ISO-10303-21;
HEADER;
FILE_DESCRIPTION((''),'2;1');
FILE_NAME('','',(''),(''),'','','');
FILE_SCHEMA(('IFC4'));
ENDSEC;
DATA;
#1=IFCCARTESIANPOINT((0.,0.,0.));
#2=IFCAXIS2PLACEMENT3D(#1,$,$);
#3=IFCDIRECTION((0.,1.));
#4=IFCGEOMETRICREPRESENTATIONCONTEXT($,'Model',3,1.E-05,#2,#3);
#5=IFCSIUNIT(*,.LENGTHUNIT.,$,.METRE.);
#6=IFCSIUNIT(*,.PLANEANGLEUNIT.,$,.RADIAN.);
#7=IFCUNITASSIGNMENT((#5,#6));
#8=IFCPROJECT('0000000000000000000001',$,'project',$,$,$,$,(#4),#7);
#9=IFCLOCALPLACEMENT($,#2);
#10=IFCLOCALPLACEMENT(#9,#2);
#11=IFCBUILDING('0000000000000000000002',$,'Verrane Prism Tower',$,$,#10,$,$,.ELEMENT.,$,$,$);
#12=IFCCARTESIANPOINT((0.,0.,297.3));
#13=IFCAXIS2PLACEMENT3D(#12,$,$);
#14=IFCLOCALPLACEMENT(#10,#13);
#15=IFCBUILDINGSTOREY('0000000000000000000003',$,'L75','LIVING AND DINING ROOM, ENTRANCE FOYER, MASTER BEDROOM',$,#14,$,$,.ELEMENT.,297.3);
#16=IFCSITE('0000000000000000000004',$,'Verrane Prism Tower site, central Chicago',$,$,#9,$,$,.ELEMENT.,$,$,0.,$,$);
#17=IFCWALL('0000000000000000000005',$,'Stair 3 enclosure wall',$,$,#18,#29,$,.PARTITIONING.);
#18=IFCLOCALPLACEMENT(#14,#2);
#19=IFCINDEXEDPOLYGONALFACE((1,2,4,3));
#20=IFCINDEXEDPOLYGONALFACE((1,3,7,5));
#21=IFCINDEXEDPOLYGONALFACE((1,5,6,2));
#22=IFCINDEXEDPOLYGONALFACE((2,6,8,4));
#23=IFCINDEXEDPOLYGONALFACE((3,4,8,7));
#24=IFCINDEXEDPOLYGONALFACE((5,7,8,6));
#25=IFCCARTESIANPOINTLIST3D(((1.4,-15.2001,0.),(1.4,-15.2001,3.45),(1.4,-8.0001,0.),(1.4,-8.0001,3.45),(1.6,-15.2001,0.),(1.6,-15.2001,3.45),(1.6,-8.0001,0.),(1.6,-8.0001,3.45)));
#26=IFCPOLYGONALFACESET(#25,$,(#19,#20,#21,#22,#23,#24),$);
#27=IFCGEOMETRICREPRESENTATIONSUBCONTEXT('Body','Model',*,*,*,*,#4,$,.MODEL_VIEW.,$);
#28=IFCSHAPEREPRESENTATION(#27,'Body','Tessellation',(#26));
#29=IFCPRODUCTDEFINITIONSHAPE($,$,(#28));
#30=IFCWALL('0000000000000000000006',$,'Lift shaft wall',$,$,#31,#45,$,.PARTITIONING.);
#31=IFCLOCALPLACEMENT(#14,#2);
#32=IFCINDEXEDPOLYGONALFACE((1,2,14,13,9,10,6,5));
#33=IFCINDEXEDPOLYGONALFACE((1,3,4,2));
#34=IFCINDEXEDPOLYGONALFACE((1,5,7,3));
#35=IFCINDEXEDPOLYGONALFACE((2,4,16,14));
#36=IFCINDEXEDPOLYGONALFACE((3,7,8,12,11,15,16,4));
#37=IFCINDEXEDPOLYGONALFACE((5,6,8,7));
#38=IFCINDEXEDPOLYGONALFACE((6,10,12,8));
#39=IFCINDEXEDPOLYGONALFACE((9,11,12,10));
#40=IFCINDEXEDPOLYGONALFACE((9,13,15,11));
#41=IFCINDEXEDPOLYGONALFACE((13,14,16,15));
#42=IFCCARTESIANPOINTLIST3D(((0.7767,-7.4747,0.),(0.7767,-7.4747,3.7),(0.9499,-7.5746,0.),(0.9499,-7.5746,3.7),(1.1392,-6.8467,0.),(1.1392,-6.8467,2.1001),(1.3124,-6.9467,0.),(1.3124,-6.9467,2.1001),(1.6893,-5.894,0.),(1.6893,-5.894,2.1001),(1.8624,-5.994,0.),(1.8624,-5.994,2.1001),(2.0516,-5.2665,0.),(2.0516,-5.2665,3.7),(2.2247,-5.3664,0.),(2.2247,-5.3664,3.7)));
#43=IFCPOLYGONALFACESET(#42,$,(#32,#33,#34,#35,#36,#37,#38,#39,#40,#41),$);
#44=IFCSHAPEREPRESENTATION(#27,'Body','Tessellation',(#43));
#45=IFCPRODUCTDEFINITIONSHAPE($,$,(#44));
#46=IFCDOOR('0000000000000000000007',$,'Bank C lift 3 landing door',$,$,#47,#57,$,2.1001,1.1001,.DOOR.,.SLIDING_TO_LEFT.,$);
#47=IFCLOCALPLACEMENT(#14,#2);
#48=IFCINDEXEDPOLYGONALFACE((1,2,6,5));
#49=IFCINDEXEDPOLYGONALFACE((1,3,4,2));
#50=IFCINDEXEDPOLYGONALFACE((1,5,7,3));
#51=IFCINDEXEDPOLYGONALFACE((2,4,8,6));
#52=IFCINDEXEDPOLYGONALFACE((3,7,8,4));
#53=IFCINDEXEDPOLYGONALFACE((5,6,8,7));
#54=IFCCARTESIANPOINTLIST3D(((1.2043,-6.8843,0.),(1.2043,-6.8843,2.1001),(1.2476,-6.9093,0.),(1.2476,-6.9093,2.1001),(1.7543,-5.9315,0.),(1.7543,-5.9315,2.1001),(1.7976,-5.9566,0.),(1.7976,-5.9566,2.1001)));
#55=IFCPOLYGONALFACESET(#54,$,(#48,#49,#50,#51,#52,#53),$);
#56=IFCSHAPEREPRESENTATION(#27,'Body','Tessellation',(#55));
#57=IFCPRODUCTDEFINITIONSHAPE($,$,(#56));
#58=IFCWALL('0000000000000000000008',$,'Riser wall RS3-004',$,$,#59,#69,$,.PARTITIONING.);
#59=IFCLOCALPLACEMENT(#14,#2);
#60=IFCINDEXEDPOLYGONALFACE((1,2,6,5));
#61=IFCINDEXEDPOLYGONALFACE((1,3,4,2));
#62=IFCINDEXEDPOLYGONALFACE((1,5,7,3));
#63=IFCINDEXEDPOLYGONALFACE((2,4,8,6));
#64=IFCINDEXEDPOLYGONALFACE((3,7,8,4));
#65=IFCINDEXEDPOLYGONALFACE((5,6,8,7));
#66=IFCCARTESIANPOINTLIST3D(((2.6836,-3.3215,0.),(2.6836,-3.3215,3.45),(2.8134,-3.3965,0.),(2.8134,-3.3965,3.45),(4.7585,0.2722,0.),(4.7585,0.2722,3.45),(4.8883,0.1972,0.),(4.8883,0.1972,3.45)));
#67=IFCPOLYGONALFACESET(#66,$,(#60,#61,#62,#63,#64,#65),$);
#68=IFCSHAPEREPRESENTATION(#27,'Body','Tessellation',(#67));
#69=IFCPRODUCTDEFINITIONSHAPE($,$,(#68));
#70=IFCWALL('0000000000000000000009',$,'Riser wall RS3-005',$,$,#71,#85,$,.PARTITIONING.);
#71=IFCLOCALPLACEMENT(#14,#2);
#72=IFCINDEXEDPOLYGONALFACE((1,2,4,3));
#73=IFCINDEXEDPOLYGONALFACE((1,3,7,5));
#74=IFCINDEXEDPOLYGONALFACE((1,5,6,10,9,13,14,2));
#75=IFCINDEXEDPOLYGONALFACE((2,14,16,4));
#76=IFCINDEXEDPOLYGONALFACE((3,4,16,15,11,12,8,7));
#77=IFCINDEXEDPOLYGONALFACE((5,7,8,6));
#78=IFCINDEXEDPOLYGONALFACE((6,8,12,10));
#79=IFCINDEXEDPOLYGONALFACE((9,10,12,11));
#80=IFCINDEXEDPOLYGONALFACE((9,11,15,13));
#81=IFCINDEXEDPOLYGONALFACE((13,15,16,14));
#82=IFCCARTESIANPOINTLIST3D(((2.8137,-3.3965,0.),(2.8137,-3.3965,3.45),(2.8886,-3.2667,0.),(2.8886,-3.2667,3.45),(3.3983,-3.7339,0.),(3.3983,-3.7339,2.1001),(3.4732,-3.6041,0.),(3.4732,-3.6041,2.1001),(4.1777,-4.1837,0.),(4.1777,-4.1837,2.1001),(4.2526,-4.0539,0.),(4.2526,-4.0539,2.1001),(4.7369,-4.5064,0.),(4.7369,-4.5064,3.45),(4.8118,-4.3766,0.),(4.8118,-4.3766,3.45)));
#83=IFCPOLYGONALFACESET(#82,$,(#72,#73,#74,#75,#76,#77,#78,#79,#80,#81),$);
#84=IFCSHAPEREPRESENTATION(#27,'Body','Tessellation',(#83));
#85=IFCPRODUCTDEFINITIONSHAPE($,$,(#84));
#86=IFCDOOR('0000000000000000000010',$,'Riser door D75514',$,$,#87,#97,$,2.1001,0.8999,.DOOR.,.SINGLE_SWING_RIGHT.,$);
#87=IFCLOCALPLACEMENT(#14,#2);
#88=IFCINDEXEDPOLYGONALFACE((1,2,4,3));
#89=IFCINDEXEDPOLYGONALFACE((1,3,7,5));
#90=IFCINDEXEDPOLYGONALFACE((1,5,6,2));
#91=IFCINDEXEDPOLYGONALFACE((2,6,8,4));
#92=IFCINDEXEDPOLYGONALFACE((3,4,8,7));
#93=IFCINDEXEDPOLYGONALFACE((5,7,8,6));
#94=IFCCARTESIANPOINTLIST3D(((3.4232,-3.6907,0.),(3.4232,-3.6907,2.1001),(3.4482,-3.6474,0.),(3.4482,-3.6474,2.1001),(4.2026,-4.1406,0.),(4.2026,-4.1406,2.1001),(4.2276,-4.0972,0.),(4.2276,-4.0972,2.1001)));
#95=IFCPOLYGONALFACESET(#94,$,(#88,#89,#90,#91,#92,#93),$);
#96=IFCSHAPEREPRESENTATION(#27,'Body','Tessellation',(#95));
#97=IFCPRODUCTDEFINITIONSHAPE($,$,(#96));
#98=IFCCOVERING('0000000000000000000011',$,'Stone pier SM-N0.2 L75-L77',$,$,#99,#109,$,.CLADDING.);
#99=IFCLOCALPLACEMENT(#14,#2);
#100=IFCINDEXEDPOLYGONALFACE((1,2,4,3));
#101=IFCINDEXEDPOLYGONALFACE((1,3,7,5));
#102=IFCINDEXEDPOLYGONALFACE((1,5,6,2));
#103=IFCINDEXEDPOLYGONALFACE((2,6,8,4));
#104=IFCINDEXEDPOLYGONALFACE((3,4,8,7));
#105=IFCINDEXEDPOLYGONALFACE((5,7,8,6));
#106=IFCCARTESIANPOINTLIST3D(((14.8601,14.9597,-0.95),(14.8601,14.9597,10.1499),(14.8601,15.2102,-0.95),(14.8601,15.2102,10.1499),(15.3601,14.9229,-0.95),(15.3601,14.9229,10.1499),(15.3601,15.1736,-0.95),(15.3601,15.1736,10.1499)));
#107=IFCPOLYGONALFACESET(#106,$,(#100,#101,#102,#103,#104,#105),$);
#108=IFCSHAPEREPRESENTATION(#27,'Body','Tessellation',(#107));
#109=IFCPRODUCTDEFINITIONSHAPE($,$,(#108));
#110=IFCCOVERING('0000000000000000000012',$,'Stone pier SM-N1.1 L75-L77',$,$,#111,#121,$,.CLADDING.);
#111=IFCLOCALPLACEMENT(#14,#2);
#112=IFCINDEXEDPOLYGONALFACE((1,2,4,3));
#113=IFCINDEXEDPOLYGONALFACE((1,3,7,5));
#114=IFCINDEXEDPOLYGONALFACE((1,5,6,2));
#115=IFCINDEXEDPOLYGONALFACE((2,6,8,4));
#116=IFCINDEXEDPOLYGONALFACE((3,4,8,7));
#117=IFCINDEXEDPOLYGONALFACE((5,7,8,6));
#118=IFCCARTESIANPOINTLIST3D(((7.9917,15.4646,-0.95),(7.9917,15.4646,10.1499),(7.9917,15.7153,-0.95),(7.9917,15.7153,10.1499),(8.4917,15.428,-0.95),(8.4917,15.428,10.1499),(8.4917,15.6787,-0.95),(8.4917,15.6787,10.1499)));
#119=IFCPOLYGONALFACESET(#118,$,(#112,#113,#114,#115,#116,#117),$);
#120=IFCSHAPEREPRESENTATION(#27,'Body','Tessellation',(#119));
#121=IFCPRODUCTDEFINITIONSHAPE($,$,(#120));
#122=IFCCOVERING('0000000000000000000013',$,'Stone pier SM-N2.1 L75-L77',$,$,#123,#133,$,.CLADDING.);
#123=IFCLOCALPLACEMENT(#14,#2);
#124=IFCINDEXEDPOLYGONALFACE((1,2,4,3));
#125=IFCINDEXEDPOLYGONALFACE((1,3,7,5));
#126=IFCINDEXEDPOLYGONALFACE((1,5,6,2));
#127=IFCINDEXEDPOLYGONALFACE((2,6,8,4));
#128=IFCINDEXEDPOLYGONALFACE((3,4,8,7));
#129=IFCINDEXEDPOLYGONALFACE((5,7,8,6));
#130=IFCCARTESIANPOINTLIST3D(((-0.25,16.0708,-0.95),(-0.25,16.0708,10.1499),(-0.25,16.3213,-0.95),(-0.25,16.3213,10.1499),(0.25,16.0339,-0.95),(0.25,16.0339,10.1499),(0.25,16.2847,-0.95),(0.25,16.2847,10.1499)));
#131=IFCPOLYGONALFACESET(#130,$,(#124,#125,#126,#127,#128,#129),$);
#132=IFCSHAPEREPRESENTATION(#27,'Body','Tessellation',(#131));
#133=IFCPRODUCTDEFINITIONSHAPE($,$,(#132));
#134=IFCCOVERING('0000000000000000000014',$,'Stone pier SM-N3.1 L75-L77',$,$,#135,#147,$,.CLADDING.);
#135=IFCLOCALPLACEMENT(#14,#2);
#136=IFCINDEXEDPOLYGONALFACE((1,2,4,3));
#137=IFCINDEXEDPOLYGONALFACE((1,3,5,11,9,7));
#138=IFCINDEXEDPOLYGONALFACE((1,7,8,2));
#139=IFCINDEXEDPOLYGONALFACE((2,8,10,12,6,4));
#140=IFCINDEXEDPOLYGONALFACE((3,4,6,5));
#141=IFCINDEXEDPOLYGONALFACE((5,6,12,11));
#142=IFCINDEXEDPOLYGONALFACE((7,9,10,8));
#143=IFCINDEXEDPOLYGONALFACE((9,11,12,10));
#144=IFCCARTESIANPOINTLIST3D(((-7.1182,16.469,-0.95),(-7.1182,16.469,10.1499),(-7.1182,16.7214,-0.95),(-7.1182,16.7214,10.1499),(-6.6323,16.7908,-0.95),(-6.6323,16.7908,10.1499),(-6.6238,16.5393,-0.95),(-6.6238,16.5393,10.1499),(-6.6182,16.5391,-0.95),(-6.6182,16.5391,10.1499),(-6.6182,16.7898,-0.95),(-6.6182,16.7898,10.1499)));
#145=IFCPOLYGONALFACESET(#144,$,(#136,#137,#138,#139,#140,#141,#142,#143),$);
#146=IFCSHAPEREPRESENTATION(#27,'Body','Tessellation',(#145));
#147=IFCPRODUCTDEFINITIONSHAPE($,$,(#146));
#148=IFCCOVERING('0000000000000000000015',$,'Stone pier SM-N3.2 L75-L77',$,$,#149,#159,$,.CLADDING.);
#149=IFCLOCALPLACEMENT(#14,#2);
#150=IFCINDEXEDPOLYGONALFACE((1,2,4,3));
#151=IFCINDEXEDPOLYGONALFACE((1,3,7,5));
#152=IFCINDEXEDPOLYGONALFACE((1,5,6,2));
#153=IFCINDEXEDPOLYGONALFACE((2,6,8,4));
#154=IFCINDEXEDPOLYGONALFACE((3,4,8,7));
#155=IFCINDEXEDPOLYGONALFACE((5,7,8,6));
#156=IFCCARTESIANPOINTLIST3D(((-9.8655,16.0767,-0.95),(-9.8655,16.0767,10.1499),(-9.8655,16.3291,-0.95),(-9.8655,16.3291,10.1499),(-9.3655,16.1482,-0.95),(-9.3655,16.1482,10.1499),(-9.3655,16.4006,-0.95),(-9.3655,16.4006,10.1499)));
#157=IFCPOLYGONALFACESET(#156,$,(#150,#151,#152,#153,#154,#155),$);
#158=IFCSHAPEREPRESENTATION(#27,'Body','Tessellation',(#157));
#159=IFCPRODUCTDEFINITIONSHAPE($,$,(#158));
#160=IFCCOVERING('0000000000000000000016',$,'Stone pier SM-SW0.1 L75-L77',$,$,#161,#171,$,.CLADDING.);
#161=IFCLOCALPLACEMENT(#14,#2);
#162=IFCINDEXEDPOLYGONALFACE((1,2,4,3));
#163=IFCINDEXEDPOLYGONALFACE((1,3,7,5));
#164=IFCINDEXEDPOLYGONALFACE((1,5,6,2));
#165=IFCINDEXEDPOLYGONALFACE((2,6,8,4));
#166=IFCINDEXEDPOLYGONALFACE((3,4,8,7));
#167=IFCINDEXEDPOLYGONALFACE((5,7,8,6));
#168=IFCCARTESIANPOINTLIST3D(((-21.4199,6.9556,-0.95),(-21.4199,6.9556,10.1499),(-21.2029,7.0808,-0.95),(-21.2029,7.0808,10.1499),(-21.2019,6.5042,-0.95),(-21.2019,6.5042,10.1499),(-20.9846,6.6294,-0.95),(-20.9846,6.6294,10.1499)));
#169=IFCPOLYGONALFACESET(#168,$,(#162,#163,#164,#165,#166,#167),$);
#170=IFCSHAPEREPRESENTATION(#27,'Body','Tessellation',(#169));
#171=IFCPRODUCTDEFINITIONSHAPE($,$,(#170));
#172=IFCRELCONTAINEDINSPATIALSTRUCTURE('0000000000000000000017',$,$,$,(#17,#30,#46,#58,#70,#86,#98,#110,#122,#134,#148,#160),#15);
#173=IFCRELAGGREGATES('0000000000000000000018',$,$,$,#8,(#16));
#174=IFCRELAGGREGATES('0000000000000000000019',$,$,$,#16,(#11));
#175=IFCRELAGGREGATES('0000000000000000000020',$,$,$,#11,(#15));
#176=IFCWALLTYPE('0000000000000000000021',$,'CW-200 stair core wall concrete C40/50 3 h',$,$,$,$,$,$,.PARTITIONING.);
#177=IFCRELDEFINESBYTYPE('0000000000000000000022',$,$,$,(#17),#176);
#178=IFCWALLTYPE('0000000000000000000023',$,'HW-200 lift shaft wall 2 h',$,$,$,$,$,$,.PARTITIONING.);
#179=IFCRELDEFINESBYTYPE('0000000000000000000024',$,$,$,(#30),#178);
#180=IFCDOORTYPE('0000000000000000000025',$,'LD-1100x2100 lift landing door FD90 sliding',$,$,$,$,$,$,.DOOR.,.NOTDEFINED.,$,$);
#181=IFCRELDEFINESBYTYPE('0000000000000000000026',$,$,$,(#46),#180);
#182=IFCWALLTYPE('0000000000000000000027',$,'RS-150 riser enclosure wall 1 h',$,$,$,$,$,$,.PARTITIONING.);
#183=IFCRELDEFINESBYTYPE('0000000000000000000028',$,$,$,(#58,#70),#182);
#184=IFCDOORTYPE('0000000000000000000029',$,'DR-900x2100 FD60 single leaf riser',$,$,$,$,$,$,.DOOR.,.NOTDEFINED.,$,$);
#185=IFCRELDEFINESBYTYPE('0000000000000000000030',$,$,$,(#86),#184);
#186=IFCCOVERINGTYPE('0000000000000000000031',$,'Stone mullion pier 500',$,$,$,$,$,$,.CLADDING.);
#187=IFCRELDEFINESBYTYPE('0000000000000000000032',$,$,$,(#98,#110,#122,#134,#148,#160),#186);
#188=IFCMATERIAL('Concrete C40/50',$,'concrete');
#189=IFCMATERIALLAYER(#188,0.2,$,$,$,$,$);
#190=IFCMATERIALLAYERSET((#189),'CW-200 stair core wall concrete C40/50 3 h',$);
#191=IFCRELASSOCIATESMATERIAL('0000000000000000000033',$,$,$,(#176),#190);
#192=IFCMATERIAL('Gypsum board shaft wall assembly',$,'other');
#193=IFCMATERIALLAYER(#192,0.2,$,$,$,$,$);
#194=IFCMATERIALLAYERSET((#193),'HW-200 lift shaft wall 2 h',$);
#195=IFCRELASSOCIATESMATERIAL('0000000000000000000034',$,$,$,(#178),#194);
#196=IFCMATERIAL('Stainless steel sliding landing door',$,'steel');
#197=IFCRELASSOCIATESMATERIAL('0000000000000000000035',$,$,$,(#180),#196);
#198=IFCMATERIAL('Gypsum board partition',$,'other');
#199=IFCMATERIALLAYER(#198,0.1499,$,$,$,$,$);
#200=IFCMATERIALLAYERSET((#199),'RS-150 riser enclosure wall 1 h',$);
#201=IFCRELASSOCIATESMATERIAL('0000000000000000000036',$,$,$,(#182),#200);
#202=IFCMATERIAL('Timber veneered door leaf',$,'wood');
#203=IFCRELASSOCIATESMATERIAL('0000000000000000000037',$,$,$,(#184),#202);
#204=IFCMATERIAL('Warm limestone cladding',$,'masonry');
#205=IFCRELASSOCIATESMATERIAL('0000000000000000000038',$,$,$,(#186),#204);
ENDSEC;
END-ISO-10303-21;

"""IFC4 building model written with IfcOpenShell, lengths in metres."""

from ifc_helpers import new_model, si_unit, direction, frame, frame_2d, origin, place, context, subcontext, project, spatial, polyline, rectangle, outline, extrude, material, layer, layer_set, type_object, element, fill, save


model = new_model("IFC4")

# Units and contexts
model_context = context("Model", 3, precision=1e-05, world=origin(), true_north=direction((0.0, 1.0)))
body_context = subcontext(model_context, "Body", "Model", "MODEL_VIEW")
ifc_project = project(units=[si_unit("LENGTHUNIT", "METRE"), si_unit("PLANEANGLEUNIT", "RADIAN")], contexts=[model_context])

# Site, building, storey
site_placement = place(None, origin())
site = spatial("IfcSite", under=ifc_project, at=site_placement, Name="Verrane Prism Tower site, central Chicago", CompositionType="ELEMENT", RefElevation=0.0)
building_placement = place(site_placement, origin())
building = spatial("IfcBuilding", under=site, at=building_placement, Name="Verrane Prism Tower", CompositionType="ELEMENT")
storey_placement = place(building_placement, frame((0.0, 0.0, 297.3)))
storey = spatial("IfcBuildingStorey", under=building, at=storey_placement, Name="L75", Description="LIVING AND DINING ROOM, ENTRANCE FOYER, MASTER BEDROOM", CompositionType="ELEMENT", Elevation=297.3)

# Wall
ifc_material_1 = material(Name="Concrete C40/50", Category="concrete")
ifc_layer_1 = layer(ifc_material_1, 0.2)
ifc_layer_set_1 = layer_set([ifc_layer_1], Name="CW-200 stair core wall concrete C40/50 3 h")
wall_type_1 = type_object("IfcWallType", Name="CW-200 stair core wall concrete C40/50 3 h", PredefinedType="PARTITIONING", material=ifc_layer_set_1)
wall_1_placement = place(storey_placement, frame((1.5, -8.0, 0.0), z_axis=(0.0, 0.0, 1.0), x_axis=(0.0, -1.0, 0.0)))
element("IfcWall", 1, at=wall_1_placement, inside=storey, type_object=wall_type_1, Name="Stair 3 enclosure wall", PredefinedType="PARTITIONING", context=body_context, shape_type="SweptSolid", body=[
    extrude(rectangle(XDim=7.2, YDim=0.2, at=frame_2d((3.6001, 0.0))), origin(), (0.0, 0.0, 1.0), 3.45),
])

# Wall, opening, door
ifc_material_2 = material(Name="Gypsum board shaft wall assembly", Category="other")
ifc_layer_2 = layer(ifc_material_2, 0.2)
ifc_layer_set_2 = layer_set([ifc_layer_2], Name="HW-200 lift shaft wall 2 h")
wall_type_2 = type_object("IfcWallType", Name="HW-200 lift shaft wall 2 h", PredefinedType="PARTITIONING", material=ifc_layer_set_2)
wall_2_placement = place(storey_placement, frame((0.8633, -7.5247, 0.0), z_axis=(0.0, 0.0, 1.0), x_axis=(0.49999, 0.866031, 0.0)))
wall_2 = element("IfcWall", 2, at=wall_2_placement, inside=storey, type_object=wall_type_2, Name="Lift shaft wall", PredefinedType="PARTITIONING", context=body_context, shape_type="SweptSolid", body=[
    extrude(rectangle(XDim=2.5498, YDim=0.2, at=frame_2d((1.2749, 0.0))), origin(), (0.0, 0.0, 1.0), 3.7),
])
opening_1_placement = place(wall_2_placement, frame((0.7251, 0.0, 0.0)))
opening_1 = element("IfcOpeningElement", 3, at=opening_1_placement, cuts=wall_2, PredefinedType="OPENING", context=body_context, shape_type="SweptSolid", body=[
    extrude(rectangle(XDim=1.1001, YDim=2.1001, at=frame_2d((0.55, 1.05))), frame((0.0, 0.1099, 0.0), z_axis=(0.0, -1.0, 0.0), x_axis=(1.0, 0.0, 0.0)), (0.0, 0.0, 1.0), 0.22),
])
ifc_material_3 = material(Name="Stainless steel sliding landing door", Category="steel")
door_type_1 = type_object("IfcDoorType", Name="LD-1100x2100 lift landing door FD90 sliding", OperationType="NOTDEFINED", PredefinedType="DOOR", material=ifc_material_3)
door_1_placement = place(opening_1_placement, origin())
door_1 = element("IfcDoor", 4, at=door_1_placement, inside=storey, type_object=door_type_1, Name="Bank C lift 3 landing door", OperationType="SLIDING_TO_LEFT", OverallHeight=2.1001, OverallWidth=1.1001, PredefinedType="DOOR", context=body_context, shape_type="SweptSolid", body=[
    extrude(rectangle(XDim=1.1001, YDim=2.1001, at=frame_2d((0.55, 1.05))), frame((0.0, 0.0249, 0.0), z_axis=(0.0, -1.0, 0.0), x_axis=(1.0, 0.0, 0.0)), (0.0, 0.0, 1.0), 0.05),
])
fill(opening_1, door_1)

# Wall
ifc_material_4 = material(Name="Gypsum board partition", Category="other")
ifc_layer_3 = layer(ifc_material_4, 0.1499)
ifc_layer_set_3 = layer_set([ifc_layer_3], Name="RS-150 riser enclosure wall 1 h")
wall_type_3 = type_object("IfcWallType", Name="RS-150 riser enclosure wall 1 h", PredefinedType="PARTITIONING", material=ifc_layer_set_3)
wall_3_placement = place(storey_placement, frame((2.7485, -3.3589, 0.0), z_axis=(0.0, 0.0, 1.0), x_axis=(0.500018, 0.866015, 0.0)))
element("IfcWall", 5, at=wall_3_placement, inside=storey, type_object=wall_type_3, Name="Riser wall RS3-004", PredefinedType="PARTITIONING", context=body_context, shape_type="SweptSolid", body=[
    extrude(rectangle(XDim=4.1497, YDim=0.1499, at=frame_2d((2.0747, 0.0))), origin(), (0.0, 0.0, 1.0), 3.45),
])

# Wall, opening, door
wall_4_placement = place(storey_placement, frame((2.8511, -3.3315, 0.0), z_axis=(0.0, 0.0, 1.0), x_axis=(0.866111, -0.499853, 0.0)))
wall_4 = element("IfcWall", 6, at=wall_4_placement, inside=storey, type_object=wall_type_3, Name="Riser wall RS3-005", PredefinedType="PARTITIONING", context=body_context, shape_type="SweptSolid", body=[
    extrude(rectangle(XDim=2.2205, YDim=0.1499, at=frame_2d((1.1104, 0.0))), origin(), (0.0, 0.0, 1.0), 3.45),
])
opening_2_placement = place(wall_4_placement, frame((0.675, 0.0, 0.0)))
opening_2 = element("IfcOpeningElement", 7, at=opening_2_placement, cuts=wall_4, PredefinedType="OPENING", context=body_context, shape_type="SweptSolid", body=[
    extrude(rectangle(XDim=0.8999, YDim=2.1001, at=frame_2d((0.45, 1.05))), frame((0.0, 0.085, 0.0), z_axis=(0.0, -1.0, 0.0), x_axis=(1.0, 0.0, 0.0)), (0.0, 0.0, 1.0), 0.1699),
])
ifc_material_5 = material(Name="Timber veneered door leaf", Category="wood")
door_type_2 = type_object("IfcDoorType", Name="DR-900x2100 FD60 single leaf riser", OperationType="NOTDEFINED", PredefinedType="DOOR", material=ifc_material_5)
door_2_placement = place(opening_2_placement, origin())
door_2 = element("IfcDoor", 8, at=door_2_placement, inside=storey, type_object=door_type_2, Name="Riser door D75514", OperationType="SINGLE_SWING_RIGHT", OverallHeight=2.1001, OverallWidth=0.8999, PredefinedType="DOOR", context=body_context, shape_type="SweptSolid", body=[
    extrude(rectangle(XDim=0.8999, YDim=2.1001, at=frame_2d((0.45, 1.05))), frame((0.0, 0.0249, 0.0), z_axis=(0.0, -1.0, 0.0), x_axis=(1.0, 0.0, 0.0)), (0.0, 0.0, 1.0), 0.05),
])
fill(opening_2, door_2)

# Coverings
ifc_material_6 = material(Name="Warm limestone cladding", Category="masonry")
covering_type_1 = type_object("IfcCoveringType", Name="Stone mullion pier 500", PredefinedType="CLADDING", material=ifc_material_6)
covering_1_placement = place(storey_placement, frame((0.0, 0.0, -0.95)))
element("IfcCovering", 9, at=covering_1_placement, inside=storey, type_object=covering_type_1, Name="Stone pier SM-N0.2 L75-L77", PredefinedType="CLADDING", context=body_context, shape_type="SweptSolid", body=[
    extrude(outline(polyline([(14.8601, 14.9597), (15.3601, 14.9229), (15.3601, 15.1736), (14.8601, 15.2102), (14.8601, 14.9597)])), origin(), (0.0, 0.0, 1.0), 11.0999),
])
covering_2_placement = place(storey_placement, frame((0.0, 0.0, -0.95)))
element("IfcCovering", 10, at=covering_2_placement, inside=storey, type_object=covering_type_1, Name="Stone pier SM-N1.1 L75-L77", PredefinedType="CLADDING", context=body_context, shape_type="SweptSolid", body=[
    extrude(outline(polyline([(7.9917, 15.4646), (8.4917, 15.428), (8.4917, 15.6787), (7.9917, 15.7153), (7.9917, 15.4646)])), origin(), (0.0, 0.0, 1.0), 11.0999),
])
covering_3_placement = place(storey_placement, frame((0.0, 0.0, -0.95)))
element("IfcCovering", 11, at=covering_3_placement, inside=storey, type_object=covering_type_1, Name="Stone pier SM-N2.1 L75-L77", PredefinedType="CLADDING", context=body_context, shape_type="SweptSolid", body=[
    extrude(outline(polyline([(-0.25, 16.0708), (0.25, 16.0339), (0.25, 16.2847), (-0.25, 16.3213), (-0.25, 16.0708)])), origin(), (0.0, 0.0, 1.0), 11.0999),
])
covering_4_placement = place(storey_placement, frame((0.0, 0.0, -0.95)))
element("IfcCovering", 12, at=covering_4_placement, inside=storey, type_object=covering_type_1, Name="Stone pier SM-N3.1 L75-L77", PredefinedType="CLADDING", context=body_context, shape_type="SweptSolid", body=[
    extrude(outline(polyline([(-7.1182, 16.469), (-6.6238, 16.5393), (-6.6182, 16.5391), (-6.6182, 16.7898), (-6.6323, 16.7908), (-7.1182, 16.7214), (-7.1182, 16.469)])), origin(), (0.0, 0.0, 1.0), 11.0999),
])
covering_5_placement = place(storey_placement, frame((0.0, 0.0, -0.95)))
element("IfcCovering", 13, at=covering_5_placement, inside=storey, type_object=covering_type_1, Name="Stone pier SM-N3.2 L75-L77", PredefinedType="CLADDING", context=body_context, shape_type="SweptSolid", body=[
    extrude(outline(polyline([(-9.8655, 16.0767), (-9.3655, 16.1482), (-9.3655, 16.4006), (-9.8655, 16.3291), (-9.8655, 16.0767)])), origin(), (0.0, 0.0, 1.0), 11.0999),
])
covering_6_placement = place(storey_placement, frame((0.0, 0.0, -0.95)))
element("IfcCovering", 14, at=covering_6_placement, inside=storey, type_object=covering_type_1, Name="Stone pier SM-SW0.1 L75-L77", PredefinedType="CLADDING", context=body_context, shape_type="SweptSolid", body=[
    extrude(outline(polyline([(-20.9846, 6.6294), (-21.2029, 7.0808), (-21.4199, 6.9556), (-21.2019, 6.5042), (-20.9846, 6.6294)])), origin(), (0.0, 0.0, 1.0), 11.0999),
])

save(model, "model.ifc")
